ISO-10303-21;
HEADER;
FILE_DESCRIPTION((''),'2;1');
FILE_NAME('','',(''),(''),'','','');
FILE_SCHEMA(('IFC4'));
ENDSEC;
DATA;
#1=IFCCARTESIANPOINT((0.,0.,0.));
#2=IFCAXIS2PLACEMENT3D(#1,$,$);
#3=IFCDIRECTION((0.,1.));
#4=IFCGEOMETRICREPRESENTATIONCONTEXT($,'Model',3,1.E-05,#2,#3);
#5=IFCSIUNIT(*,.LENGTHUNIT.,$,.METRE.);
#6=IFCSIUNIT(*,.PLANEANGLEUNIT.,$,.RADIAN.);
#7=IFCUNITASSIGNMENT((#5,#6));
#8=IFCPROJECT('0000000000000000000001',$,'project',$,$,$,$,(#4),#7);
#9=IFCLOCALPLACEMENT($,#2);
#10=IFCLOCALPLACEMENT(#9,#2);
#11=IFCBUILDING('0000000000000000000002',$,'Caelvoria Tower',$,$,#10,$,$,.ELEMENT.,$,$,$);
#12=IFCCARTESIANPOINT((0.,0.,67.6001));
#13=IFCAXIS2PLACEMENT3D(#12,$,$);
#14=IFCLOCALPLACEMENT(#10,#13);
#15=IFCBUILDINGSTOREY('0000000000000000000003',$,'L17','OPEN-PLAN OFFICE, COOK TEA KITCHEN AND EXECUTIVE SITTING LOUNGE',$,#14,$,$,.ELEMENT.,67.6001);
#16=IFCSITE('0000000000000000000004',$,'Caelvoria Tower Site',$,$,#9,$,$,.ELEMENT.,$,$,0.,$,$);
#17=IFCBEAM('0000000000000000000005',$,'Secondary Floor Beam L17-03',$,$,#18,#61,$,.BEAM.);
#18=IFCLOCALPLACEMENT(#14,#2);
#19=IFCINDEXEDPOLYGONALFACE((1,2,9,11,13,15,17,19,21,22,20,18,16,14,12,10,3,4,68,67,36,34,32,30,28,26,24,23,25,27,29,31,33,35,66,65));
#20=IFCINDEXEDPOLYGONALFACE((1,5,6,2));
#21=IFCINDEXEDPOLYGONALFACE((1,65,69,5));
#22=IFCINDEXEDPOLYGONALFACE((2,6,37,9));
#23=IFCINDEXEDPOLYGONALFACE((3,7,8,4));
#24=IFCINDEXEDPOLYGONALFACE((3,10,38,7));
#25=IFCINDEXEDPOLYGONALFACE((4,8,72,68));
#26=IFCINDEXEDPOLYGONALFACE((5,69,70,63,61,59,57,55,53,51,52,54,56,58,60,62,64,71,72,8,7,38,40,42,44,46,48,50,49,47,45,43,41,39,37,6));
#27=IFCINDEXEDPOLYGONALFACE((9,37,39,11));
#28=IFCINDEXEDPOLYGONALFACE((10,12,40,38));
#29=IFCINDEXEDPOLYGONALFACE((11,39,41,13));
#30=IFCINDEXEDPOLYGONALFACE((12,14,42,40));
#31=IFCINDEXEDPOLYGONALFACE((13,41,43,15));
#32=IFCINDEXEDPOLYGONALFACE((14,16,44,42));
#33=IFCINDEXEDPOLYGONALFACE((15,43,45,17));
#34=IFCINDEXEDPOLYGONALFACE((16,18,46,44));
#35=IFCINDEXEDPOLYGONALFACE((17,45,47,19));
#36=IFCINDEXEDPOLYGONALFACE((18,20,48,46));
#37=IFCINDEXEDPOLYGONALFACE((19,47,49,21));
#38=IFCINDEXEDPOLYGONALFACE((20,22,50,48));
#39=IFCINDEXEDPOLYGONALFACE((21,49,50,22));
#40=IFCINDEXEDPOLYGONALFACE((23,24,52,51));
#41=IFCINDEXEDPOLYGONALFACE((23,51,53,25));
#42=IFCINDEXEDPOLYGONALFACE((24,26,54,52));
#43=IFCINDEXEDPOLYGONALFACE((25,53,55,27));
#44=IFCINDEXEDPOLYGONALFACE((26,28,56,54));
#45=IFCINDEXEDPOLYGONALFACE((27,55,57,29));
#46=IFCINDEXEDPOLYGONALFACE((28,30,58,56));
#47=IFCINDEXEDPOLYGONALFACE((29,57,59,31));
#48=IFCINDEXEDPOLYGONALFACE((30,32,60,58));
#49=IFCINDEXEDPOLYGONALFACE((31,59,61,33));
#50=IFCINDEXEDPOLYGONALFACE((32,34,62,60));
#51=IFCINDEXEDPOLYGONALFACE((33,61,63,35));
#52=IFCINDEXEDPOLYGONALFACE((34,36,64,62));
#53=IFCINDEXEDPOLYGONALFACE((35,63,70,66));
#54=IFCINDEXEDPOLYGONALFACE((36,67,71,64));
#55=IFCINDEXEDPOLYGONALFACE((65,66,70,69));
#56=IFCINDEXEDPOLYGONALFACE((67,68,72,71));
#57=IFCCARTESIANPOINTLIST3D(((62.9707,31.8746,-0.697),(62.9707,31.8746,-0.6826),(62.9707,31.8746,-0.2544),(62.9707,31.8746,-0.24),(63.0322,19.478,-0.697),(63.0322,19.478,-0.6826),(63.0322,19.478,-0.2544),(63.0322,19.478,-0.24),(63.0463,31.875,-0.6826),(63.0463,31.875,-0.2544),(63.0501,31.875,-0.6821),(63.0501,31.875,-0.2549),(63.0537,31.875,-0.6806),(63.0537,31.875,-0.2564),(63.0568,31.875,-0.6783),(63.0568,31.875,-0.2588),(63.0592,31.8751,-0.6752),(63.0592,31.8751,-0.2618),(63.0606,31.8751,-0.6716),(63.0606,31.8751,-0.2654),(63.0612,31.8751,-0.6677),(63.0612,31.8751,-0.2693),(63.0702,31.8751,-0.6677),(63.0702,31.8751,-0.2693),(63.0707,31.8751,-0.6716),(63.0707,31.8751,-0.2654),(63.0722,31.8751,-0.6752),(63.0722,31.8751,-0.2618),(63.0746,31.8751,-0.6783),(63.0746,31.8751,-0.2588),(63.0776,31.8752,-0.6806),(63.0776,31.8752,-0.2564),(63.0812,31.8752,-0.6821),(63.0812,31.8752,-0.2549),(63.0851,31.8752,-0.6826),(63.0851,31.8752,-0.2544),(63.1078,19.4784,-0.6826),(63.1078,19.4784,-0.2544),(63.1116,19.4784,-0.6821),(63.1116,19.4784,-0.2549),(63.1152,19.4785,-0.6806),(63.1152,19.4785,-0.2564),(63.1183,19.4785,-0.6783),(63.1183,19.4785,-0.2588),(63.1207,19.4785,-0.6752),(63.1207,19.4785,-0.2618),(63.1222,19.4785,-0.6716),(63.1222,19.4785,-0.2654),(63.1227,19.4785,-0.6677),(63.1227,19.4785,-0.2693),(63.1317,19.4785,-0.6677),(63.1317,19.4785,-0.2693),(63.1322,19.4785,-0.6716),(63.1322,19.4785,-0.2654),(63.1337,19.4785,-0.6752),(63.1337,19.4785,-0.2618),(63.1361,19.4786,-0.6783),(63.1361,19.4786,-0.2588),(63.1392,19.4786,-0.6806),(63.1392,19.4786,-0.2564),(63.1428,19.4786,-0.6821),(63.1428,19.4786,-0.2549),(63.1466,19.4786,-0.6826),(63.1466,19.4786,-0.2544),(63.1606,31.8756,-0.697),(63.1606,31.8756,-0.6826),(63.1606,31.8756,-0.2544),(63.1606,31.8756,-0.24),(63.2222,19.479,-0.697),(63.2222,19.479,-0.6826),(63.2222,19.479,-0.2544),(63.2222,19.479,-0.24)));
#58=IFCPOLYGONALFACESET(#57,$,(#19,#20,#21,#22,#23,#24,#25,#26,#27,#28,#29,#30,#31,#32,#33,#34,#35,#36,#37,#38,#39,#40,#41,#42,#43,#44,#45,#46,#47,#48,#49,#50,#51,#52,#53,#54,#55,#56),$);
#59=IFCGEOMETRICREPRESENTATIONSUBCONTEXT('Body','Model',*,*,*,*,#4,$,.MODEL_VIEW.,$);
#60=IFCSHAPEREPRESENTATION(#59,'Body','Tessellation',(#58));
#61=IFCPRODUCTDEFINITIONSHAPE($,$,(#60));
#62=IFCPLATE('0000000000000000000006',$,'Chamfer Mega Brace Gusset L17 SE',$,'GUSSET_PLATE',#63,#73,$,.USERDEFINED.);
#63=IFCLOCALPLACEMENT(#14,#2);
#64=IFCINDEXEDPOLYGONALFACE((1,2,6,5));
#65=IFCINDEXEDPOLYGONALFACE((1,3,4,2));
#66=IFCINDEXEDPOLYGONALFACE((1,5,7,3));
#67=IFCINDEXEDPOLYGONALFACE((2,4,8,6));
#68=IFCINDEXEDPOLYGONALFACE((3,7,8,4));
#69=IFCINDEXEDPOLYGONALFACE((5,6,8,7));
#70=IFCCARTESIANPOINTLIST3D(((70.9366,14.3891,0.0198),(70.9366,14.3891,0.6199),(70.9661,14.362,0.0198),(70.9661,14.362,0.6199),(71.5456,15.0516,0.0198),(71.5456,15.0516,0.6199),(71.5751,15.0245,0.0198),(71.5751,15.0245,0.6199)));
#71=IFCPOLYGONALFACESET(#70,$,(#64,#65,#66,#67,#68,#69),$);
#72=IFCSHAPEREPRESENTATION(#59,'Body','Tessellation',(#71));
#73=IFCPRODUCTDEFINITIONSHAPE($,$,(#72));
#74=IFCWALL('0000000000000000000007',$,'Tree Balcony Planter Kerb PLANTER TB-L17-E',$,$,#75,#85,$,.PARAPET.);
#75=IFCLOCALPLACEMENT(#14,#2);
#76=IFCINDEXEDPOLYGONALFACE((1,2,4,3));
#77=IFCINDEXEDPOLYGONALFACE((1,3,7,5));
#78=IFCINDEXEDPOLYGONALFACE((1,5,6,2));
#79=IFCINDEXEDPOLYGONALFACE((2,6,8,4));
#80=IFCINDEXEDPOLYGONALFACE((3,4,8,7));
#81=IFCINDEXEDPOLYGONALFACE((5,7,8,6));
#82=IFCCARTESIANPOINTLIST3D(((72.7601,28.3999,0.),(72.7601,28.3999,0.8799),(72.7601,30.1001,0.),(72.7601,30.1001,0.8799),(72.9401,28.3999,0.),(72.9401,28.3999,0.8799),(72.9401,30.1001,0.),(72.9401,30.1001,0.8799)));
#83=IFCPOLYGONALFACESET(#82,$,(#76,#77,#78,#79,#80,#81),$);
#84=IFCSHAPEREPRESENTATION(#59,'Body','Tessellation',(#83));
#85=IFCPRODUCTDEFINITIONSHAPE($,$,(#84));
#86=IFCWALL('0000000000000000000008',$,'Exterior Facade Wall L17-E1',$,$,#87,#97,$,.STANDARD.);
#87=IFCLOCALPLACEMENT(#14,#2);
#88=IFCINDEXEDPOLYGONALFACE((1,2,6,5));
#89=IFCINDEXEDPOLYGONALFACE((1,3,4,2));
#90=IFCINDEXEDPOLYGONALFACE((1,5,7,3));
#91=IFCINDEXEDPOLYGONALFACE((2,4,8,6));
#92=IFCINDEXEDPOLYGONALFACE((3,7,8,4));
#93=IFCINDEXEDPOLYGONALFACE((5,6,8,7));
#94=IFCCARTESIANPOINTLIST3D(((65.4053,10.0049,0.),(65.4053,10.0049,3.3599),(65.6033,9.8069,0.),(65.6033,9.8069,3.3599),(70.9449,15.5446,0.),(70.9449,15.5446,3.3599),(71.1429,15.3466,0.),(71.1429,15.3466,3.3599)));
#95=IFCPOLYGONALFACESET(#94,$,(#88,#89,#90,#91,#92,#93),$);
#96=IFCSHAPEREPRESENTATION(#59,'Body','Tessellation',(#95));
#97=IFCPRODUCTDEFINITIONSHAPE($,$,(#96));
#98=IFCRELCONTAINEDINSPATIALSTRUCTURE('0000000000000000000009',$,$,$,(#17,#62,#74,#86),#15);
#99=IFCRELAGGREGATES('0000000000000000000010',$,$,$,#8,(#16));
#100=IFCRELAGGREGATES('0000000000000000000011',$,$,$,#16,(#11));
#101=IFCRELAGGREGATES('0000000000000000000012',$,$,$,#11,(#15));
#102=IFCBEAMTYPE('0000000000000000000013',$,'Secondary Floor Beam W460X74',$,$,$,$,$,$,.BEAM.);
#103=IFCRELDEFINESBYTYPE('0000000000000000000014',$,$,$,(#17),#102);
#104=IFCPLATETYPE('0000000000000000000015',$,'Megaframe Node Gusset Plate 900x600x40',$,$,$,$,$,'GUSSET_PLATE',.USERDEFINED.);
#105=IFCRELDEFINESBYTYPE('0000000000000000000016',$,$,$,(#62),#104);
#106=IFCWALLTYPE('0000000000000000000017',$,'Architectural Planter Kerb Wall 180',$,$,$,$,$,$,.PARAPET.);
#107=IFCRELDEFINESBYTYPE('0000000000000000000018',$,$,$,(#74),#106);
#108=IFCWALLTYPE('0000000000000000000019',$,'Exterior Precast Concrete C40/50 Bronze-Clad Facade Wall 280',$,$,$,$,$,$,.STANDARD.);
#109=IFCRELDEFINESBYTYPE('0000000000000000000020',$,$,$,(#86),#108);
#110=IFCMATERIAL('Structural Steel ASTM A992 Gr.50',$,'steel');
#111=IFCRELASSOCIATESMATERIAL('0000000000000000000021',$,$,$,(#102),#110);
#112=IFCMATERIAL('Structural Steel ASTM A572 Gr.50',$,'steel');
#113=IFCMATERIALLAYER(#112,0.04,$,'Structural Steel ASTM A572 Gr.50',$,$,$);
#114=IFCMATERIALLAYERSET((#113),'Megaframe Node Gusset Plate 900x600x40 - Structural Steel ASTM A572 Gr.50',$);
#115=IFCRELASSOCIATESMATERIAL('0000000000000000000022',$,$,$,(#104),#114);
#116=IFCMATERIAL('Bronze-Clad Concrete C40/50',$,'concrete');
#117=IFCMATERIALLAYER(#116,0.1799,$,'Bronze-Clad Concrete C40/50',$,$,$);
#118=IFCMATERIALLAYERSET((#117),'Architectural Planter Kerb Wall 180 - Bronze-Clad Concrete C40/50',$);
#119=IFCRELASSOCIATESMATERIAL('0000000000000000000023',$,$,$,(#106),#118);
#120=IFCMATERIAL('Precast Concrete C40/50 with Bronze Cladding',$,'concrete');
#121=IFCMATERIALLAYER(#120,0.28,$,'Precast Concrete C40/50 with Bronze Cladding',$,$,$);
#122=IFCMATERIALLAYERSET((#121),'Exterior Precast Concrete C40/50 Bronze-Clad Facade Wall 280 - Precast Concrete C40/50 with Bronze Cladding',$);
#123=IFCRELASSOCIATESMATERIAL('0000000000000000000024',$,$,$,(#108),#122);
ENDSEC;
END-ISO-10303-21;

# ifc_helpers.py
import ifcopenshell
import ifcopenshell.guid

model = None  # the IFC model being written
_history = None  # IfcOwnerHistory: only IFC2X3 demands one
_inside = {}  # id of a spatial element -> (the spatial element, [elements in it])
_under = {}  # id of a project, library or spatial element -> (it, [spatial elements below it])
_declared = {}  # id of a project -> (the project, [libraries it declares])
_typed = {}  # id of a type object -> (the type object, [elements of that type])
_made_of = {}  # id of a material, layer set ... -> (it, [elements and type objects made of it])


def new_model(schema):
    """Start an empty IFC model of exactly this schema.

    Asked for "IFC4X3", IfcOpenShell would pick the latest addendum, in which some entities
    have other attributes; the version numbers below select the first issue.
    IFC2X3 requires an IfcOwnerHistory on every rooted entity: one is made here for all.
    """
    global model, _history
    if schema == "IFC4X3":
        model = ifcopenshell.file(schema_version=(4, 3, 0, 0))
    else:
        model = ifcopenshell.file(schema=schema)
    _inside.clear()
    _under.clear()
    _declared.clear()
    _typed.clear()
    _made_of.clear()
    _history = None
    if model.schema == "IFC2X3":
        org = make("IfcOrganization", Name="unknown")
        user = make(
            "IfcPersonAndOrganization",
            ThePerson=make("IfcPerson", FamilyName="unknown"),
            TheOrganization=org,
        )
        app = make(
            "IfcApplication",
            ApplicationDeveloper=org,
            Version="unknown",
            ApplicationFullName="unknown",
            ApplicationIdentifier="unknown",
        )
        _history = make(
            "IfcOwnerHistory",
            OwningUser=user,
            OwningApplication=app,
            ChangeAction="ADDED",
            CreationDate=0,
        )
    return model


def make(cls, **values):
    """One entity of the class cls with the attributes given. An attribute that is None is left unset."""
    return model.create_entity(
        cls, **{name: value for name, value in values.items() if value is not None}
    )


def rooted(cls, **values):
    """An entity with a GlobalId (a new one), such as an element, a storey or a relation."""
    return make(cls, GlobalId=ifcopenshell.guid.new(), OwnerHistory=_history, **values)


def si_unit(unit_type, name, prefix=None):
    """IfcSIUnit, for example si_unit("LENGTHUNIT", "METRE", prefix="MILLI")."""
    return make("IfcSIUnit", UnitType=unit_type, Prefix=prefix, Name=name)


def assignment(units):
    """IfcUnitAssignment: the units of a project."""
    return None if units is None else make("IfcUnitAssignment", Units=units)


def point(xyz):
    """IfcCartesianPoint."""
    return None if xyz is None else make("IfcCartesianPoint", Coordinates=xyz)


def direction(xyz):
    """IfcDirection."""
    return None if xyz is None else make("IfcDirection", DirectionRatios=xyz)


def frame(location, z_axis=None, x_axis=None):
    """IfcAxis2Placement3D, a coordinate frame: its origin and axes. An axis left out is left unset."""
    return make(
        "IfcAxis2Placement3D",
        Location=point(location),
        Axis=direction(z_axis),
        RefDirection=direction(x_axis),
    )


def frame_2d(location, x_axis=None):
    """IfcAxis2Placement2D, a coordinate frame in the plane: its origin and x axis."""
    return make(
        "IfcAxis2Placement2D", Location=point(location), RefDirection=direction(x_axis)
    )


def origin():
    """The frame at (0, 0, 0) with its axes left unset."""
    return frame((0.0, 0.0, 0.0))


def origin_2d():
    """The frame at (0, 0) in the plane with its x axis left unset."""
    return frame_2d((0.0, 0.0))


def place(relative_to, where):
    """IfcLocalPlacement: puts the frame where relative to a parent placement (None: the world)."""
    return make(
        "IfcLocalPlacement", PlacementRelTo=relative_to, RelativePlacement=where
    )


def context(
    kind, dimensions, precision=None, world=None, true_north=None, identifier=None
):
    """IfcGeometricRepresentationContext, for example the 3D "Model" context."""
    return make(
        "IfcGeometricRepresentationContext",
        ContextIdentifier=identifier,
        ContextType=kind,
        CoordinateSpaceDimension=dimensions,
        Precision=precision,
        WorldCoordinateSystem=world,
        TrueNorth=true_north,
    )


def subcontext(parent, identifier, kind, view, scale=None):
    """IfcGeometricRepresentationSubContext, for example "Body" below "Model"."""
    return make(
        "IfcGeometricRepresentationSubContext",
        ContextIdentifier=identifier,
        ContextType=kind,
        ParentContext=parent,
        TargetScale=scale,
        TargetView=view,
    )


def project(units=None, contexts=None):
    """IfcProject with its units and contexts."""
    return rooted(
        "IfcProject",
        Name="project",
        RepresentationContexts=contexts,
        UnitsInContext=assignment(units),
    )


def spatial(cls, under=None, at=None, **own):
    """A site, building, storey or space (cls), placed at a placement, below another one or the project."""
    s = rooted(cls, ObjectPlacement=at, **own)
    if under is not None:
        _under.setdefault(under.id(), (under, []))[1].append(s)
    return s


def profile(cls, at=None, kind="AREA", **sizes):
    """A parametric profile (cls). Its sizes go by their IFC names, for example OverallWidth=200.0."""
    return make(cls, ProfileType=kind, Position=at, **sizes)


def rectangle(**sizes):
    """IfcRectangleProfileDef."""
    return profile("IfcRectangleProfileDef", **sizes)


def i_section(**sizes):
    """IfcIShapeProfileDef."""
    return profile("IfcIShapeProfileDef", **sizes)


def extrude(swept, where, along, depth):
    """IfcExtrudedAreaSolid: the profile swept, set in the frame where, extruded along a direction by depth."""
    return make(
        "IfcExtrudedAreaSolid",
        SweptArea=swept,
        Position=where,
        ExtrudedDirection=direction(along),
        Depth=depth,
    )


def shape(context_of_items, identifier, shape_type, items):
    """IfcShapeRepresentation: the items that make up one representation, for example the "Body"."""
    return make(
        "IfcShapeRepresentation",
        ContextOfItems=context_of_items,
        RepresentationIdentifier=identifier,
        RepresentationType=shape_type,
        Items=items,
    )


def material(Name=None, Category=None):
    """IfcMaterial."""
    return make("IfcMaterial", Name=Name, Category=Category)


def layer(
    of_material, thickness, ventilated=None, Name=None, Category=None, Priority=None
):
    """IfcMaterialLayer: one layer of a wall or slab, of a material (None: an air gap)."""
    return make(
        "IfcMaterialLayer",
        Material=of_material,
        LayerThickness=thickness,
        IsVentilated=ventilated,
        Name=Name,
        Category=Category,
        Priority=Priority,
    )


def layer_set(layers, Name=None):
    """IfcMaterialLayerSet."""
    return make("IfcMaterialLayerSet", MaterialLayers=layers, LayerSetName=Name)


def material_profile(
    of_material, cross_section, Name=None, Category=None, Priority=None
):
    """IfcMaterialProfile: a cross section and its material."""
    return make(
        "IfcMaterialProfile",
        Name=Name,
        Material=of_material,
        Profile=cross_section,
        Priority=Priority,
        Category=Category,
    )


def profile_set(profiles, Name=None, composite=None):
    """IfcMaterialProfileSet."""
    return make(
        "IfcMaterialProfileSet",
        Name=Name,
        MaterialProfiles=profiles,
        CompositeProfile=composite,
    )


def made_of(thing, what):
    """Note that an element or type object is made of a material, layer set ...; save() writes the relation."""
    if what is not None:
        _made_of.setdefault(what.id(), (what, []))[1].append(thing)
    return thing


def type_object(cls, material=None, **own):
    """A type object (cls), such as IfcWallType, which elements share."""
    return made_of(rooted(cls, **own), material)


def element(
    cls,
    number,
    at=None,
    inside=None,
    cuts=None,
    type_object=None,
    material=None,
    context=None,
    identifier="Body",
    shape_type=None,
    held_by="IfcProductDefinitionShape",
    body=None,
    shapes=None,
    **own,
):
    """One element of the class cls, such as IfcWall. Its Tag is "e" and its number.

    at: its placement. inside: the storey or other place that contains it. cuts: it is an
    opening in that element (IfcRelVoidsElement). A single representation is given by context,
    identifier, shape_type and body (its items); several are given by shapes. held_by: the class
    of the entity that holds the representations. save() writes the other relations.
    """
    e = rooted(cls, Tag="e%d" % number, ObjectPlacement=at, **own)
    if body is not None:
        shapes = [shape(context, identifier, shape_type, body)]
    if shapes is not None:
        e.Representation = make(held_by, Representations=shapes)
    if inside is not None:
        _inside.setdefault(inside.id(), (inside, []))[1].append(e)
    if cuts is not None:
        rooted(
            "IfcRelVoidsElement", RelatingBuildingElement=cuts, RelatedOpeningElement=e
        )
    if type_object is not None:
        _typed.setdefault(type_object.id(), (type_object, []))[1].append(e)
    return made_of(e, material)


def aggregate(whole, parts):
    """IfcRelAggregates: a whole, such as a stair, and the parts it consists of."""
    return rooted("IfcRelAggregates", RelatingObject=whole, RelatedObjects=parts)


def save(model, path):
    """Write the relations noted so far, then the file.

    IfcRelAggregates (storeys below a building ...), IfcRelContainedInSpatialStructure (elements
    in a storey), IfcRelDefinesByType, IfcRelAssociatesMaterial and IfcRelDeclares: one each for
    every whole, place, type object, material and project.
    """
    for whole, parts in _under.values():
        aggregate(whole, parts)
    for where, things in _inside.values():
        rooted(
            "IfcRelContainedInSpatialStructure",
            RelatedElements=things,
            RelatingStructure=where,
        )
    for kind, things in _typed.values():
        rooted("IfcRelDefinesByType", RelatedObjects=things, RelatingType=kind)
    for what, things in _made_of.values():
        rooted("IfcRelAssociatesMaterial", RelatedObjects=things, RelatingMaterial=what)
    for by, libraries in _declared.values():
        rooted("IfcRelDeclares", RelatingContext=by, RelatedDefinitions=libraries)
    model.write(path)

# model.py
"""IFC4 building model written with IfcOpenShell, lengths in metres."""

from ifc_helpers import new_model, si_unit, direction, frame, frame_2d, origin, origin_2d, place, context, subcontext, project, spatial, rectangle, i_section, extrude, material, layer, layer_set, material_profile, profile_set, type_object, element, save


model = new_model("IFC4")

# Units and contexts
model_context = context("Model", 3, precision=1e-05, world=origin(), true_north=direction((0.0, 1.0)))
body_context = subcontext(model_context, "Body", "Model", "MODEL_VIEW")
ifc_project = project(units=[si_unit("LENGTHUNIT", "METRE"), si_unit("PLANEANGLEUNIT", "RADIAN")], contexts=[model_context])

# Site, building, storey
site_placement = place(None, origin())
site = spatial("IfcSite", under=ifc_project, at=site_placement, Name="Caelvoria Tower Site", CompositionType="ELEMENT", RefElevation=0.0)
building_placement = place(site_placement, origin())
building = spatial("IfcBuilding", under=site, at=building_placement, Name="Caelvoria Tower", CompositionType="ELEMENT")
storey_placement = place(building_placement, frame((0.0, 0.0, 67.6001)))
storey = spatial("IfcBuildingStorey", under=building, at=storey_placement, Name="L17", Description="OPEN-PLAN OFFICE, COOK TEA KITCHEN AND EXECUTIVE SITTING LOUNGE", CompositionType="ELEMENT", Elevation=67.6001)

# Shared definitions
ifc_material_1 = material(Name="Structural Steel ASTM A572 Gr.50", Category="steel")

# Shared definitions
ifc_material_2 = material(Name="Structural Steel ASTM A992 Gr.50", Category="steel")

# Beam
ifc_material_profile_1 = material_profile(ifc_material_2, i_section(OverallWidth=0.1899, OverallDepth=0.457, WebThickness=0.009, FlangeThickness=0.0144, FilletRadius=0.0149, at=origin_2d()), Name="Structural Steel ASTM A992 Gr.50")
ifc_profile_set_1 = profile_set([ifc_material_profile_1], Name="W460X74 - Structural Steel ASTM A992 Gr.50")
beam_type_1 = type_object("IfcBeamType", Name="Secondary Floor Beam W460X74", PredefinedType="BEAM", material=ifc_profile_set_1)
beam_1_placement = place(storey_placement, frame((63.1272, 19.4785, -0.4685), z_axis=(-0.004963, 0.999988, 0.0), x_axis=(-0.999988, -0.004963, 0.0)))
element("IfcBeam", 1, at=beam_1_placement, inside=storey, type_object=beam_type_1, Name="Secondary Floor Beam L17-03", PredefinedType="BEAM", context=body_context, shape_type="SweptSolid", body=[
    extrude(i_section(OverallWidth=0.1899, OverallDepth=0.457, WebThickness=0.009, FlangeThickness=0.0144, FilletRadius=0.0149, at=origin_2d()), origin(), (0.0, 0.0, 1.0), 12.3967),
])

# Plate
ifc_layer_1 = layer(ifc_material_1, 0.04, Name="Structural Steel ASTM A572 Gr.50")
ifc_layer_set_1 = layer_set([ifc_layer_1], Name="Megaframe Node Gusset Plate 900x600x40 - Structural Steel ASTM A572 Gr.50")
plate_type = type_object("IfcPlateType", Name="Megaframe Node Gusset Plate 900x600x40", ElementType="GUSSET_PLATE", PredefinedType="USERDEFINED", material=ifc_layer_set_1)
plate_placement = place(storey_placement, frame((71.2559, 14.7068, 0.0198), z_axis=(0.0, 0.0, 1.0), x_axis=(-0.676719, -0.736241, 0.0)))
element("IfcPlate", 2, at=plate_placement, inside=storey, type_object=plate_type, Name="Chamfer Mega Brace Gusset L17 SE", ObjectType="GUSSET_PLATE", PredefinedType="USERDEFINED", context=body_context, shape_type="SweptSolid", body=[
    extrude(rectangle(XDim=0.8999, YDim=0.04, at=origin_2d()), origin(), (0.0, 0.0, 1.0), 0.6001),
])

# Walls
ifc_material_3 = material(Name="Bronze-Clad Concrete C40/50", Category="concrete")
ifc_layer_2 = layer(ifc_material_3, 0.1799, Name="Bronze-Clad Concrete C40/50")
ifc_layer_set_2 = layer_set([ifc_layer_2], Name="Architectural Planter Kerb Wall 180 - Bronze-Clad Concrete C40/50")
wall_type_1 = type_object("IfcWallType", Name="Architectural Planter Kerb Wall 180", PredefinedType="PARAPET", material=ifc_layer_set_2)
wall_1_placement = place(storey_placement, frame((72.8501, 28.3999, 0.0), z_axis=(0.0, 0.0, 1.0), x_axis=(0.0, 1.0, 0.0)))
element("IfcWall", 3, at=wall_1_placement, inside=storey, type_object=wall_type_1, Name="Tree Balcony Planter Kerb PLANTER TB-L17-E", PredefinedType="PARAPET", context=body_context, shape_type="SweptSolid", body=[
    extrude(rectangle(XDim=1.7002, YDim=0.1799, at=frame_2d((0.8501, 0.0))), origin(), (0.0, 0.0, 1.0), 0.8799),
])
ifc_material_4 = material(Name="Precast Concrete C40/50 with Bronze Cladding", Category="concrete")
ifc_layer_3 = layer(ifc_material_4, 0.28, Name="Precast Concrete C40/50 with Bronze Cladding")
ifc_layer_set_3 = layer_set([ifc_layer_3], Name="Exterior Precast Concrete C40/50 Bronze-Clad Facade Wall 280 - Precast Concrete C40/50 with Bronze Cladding")
wall_type_2 = type_object("IfcWallType", Name="Exterior Precast Concrete C40/50 Bronze-Clad Facade Wall 280", PredefinedType="STANDARD", material=ifc_layer_set_3)
wall_2_placement = place(storey_placement, frame((65.5044, 9.906, 0.0), z_axis=(0.0, 0.0, 1.0), x_axis=(0.707107, 0.707107, 0.0)))
element("IfcWall", 4, at=wall_2_placement, inside=storey, type_object=wall_type_2, Name="Exterior Facade Wall L17-E1", PredefinedType="STANDARD", context=body_context, shape_type="SweptSolid", body=[
    extrude(rectangle(XDim=7.8342, YDim=0.28, at=frame_2d((3.917, 0.0))), origin(), (0.0, 0.0, 1.0), 3.3599),
])

save(model, "model.ifc")
